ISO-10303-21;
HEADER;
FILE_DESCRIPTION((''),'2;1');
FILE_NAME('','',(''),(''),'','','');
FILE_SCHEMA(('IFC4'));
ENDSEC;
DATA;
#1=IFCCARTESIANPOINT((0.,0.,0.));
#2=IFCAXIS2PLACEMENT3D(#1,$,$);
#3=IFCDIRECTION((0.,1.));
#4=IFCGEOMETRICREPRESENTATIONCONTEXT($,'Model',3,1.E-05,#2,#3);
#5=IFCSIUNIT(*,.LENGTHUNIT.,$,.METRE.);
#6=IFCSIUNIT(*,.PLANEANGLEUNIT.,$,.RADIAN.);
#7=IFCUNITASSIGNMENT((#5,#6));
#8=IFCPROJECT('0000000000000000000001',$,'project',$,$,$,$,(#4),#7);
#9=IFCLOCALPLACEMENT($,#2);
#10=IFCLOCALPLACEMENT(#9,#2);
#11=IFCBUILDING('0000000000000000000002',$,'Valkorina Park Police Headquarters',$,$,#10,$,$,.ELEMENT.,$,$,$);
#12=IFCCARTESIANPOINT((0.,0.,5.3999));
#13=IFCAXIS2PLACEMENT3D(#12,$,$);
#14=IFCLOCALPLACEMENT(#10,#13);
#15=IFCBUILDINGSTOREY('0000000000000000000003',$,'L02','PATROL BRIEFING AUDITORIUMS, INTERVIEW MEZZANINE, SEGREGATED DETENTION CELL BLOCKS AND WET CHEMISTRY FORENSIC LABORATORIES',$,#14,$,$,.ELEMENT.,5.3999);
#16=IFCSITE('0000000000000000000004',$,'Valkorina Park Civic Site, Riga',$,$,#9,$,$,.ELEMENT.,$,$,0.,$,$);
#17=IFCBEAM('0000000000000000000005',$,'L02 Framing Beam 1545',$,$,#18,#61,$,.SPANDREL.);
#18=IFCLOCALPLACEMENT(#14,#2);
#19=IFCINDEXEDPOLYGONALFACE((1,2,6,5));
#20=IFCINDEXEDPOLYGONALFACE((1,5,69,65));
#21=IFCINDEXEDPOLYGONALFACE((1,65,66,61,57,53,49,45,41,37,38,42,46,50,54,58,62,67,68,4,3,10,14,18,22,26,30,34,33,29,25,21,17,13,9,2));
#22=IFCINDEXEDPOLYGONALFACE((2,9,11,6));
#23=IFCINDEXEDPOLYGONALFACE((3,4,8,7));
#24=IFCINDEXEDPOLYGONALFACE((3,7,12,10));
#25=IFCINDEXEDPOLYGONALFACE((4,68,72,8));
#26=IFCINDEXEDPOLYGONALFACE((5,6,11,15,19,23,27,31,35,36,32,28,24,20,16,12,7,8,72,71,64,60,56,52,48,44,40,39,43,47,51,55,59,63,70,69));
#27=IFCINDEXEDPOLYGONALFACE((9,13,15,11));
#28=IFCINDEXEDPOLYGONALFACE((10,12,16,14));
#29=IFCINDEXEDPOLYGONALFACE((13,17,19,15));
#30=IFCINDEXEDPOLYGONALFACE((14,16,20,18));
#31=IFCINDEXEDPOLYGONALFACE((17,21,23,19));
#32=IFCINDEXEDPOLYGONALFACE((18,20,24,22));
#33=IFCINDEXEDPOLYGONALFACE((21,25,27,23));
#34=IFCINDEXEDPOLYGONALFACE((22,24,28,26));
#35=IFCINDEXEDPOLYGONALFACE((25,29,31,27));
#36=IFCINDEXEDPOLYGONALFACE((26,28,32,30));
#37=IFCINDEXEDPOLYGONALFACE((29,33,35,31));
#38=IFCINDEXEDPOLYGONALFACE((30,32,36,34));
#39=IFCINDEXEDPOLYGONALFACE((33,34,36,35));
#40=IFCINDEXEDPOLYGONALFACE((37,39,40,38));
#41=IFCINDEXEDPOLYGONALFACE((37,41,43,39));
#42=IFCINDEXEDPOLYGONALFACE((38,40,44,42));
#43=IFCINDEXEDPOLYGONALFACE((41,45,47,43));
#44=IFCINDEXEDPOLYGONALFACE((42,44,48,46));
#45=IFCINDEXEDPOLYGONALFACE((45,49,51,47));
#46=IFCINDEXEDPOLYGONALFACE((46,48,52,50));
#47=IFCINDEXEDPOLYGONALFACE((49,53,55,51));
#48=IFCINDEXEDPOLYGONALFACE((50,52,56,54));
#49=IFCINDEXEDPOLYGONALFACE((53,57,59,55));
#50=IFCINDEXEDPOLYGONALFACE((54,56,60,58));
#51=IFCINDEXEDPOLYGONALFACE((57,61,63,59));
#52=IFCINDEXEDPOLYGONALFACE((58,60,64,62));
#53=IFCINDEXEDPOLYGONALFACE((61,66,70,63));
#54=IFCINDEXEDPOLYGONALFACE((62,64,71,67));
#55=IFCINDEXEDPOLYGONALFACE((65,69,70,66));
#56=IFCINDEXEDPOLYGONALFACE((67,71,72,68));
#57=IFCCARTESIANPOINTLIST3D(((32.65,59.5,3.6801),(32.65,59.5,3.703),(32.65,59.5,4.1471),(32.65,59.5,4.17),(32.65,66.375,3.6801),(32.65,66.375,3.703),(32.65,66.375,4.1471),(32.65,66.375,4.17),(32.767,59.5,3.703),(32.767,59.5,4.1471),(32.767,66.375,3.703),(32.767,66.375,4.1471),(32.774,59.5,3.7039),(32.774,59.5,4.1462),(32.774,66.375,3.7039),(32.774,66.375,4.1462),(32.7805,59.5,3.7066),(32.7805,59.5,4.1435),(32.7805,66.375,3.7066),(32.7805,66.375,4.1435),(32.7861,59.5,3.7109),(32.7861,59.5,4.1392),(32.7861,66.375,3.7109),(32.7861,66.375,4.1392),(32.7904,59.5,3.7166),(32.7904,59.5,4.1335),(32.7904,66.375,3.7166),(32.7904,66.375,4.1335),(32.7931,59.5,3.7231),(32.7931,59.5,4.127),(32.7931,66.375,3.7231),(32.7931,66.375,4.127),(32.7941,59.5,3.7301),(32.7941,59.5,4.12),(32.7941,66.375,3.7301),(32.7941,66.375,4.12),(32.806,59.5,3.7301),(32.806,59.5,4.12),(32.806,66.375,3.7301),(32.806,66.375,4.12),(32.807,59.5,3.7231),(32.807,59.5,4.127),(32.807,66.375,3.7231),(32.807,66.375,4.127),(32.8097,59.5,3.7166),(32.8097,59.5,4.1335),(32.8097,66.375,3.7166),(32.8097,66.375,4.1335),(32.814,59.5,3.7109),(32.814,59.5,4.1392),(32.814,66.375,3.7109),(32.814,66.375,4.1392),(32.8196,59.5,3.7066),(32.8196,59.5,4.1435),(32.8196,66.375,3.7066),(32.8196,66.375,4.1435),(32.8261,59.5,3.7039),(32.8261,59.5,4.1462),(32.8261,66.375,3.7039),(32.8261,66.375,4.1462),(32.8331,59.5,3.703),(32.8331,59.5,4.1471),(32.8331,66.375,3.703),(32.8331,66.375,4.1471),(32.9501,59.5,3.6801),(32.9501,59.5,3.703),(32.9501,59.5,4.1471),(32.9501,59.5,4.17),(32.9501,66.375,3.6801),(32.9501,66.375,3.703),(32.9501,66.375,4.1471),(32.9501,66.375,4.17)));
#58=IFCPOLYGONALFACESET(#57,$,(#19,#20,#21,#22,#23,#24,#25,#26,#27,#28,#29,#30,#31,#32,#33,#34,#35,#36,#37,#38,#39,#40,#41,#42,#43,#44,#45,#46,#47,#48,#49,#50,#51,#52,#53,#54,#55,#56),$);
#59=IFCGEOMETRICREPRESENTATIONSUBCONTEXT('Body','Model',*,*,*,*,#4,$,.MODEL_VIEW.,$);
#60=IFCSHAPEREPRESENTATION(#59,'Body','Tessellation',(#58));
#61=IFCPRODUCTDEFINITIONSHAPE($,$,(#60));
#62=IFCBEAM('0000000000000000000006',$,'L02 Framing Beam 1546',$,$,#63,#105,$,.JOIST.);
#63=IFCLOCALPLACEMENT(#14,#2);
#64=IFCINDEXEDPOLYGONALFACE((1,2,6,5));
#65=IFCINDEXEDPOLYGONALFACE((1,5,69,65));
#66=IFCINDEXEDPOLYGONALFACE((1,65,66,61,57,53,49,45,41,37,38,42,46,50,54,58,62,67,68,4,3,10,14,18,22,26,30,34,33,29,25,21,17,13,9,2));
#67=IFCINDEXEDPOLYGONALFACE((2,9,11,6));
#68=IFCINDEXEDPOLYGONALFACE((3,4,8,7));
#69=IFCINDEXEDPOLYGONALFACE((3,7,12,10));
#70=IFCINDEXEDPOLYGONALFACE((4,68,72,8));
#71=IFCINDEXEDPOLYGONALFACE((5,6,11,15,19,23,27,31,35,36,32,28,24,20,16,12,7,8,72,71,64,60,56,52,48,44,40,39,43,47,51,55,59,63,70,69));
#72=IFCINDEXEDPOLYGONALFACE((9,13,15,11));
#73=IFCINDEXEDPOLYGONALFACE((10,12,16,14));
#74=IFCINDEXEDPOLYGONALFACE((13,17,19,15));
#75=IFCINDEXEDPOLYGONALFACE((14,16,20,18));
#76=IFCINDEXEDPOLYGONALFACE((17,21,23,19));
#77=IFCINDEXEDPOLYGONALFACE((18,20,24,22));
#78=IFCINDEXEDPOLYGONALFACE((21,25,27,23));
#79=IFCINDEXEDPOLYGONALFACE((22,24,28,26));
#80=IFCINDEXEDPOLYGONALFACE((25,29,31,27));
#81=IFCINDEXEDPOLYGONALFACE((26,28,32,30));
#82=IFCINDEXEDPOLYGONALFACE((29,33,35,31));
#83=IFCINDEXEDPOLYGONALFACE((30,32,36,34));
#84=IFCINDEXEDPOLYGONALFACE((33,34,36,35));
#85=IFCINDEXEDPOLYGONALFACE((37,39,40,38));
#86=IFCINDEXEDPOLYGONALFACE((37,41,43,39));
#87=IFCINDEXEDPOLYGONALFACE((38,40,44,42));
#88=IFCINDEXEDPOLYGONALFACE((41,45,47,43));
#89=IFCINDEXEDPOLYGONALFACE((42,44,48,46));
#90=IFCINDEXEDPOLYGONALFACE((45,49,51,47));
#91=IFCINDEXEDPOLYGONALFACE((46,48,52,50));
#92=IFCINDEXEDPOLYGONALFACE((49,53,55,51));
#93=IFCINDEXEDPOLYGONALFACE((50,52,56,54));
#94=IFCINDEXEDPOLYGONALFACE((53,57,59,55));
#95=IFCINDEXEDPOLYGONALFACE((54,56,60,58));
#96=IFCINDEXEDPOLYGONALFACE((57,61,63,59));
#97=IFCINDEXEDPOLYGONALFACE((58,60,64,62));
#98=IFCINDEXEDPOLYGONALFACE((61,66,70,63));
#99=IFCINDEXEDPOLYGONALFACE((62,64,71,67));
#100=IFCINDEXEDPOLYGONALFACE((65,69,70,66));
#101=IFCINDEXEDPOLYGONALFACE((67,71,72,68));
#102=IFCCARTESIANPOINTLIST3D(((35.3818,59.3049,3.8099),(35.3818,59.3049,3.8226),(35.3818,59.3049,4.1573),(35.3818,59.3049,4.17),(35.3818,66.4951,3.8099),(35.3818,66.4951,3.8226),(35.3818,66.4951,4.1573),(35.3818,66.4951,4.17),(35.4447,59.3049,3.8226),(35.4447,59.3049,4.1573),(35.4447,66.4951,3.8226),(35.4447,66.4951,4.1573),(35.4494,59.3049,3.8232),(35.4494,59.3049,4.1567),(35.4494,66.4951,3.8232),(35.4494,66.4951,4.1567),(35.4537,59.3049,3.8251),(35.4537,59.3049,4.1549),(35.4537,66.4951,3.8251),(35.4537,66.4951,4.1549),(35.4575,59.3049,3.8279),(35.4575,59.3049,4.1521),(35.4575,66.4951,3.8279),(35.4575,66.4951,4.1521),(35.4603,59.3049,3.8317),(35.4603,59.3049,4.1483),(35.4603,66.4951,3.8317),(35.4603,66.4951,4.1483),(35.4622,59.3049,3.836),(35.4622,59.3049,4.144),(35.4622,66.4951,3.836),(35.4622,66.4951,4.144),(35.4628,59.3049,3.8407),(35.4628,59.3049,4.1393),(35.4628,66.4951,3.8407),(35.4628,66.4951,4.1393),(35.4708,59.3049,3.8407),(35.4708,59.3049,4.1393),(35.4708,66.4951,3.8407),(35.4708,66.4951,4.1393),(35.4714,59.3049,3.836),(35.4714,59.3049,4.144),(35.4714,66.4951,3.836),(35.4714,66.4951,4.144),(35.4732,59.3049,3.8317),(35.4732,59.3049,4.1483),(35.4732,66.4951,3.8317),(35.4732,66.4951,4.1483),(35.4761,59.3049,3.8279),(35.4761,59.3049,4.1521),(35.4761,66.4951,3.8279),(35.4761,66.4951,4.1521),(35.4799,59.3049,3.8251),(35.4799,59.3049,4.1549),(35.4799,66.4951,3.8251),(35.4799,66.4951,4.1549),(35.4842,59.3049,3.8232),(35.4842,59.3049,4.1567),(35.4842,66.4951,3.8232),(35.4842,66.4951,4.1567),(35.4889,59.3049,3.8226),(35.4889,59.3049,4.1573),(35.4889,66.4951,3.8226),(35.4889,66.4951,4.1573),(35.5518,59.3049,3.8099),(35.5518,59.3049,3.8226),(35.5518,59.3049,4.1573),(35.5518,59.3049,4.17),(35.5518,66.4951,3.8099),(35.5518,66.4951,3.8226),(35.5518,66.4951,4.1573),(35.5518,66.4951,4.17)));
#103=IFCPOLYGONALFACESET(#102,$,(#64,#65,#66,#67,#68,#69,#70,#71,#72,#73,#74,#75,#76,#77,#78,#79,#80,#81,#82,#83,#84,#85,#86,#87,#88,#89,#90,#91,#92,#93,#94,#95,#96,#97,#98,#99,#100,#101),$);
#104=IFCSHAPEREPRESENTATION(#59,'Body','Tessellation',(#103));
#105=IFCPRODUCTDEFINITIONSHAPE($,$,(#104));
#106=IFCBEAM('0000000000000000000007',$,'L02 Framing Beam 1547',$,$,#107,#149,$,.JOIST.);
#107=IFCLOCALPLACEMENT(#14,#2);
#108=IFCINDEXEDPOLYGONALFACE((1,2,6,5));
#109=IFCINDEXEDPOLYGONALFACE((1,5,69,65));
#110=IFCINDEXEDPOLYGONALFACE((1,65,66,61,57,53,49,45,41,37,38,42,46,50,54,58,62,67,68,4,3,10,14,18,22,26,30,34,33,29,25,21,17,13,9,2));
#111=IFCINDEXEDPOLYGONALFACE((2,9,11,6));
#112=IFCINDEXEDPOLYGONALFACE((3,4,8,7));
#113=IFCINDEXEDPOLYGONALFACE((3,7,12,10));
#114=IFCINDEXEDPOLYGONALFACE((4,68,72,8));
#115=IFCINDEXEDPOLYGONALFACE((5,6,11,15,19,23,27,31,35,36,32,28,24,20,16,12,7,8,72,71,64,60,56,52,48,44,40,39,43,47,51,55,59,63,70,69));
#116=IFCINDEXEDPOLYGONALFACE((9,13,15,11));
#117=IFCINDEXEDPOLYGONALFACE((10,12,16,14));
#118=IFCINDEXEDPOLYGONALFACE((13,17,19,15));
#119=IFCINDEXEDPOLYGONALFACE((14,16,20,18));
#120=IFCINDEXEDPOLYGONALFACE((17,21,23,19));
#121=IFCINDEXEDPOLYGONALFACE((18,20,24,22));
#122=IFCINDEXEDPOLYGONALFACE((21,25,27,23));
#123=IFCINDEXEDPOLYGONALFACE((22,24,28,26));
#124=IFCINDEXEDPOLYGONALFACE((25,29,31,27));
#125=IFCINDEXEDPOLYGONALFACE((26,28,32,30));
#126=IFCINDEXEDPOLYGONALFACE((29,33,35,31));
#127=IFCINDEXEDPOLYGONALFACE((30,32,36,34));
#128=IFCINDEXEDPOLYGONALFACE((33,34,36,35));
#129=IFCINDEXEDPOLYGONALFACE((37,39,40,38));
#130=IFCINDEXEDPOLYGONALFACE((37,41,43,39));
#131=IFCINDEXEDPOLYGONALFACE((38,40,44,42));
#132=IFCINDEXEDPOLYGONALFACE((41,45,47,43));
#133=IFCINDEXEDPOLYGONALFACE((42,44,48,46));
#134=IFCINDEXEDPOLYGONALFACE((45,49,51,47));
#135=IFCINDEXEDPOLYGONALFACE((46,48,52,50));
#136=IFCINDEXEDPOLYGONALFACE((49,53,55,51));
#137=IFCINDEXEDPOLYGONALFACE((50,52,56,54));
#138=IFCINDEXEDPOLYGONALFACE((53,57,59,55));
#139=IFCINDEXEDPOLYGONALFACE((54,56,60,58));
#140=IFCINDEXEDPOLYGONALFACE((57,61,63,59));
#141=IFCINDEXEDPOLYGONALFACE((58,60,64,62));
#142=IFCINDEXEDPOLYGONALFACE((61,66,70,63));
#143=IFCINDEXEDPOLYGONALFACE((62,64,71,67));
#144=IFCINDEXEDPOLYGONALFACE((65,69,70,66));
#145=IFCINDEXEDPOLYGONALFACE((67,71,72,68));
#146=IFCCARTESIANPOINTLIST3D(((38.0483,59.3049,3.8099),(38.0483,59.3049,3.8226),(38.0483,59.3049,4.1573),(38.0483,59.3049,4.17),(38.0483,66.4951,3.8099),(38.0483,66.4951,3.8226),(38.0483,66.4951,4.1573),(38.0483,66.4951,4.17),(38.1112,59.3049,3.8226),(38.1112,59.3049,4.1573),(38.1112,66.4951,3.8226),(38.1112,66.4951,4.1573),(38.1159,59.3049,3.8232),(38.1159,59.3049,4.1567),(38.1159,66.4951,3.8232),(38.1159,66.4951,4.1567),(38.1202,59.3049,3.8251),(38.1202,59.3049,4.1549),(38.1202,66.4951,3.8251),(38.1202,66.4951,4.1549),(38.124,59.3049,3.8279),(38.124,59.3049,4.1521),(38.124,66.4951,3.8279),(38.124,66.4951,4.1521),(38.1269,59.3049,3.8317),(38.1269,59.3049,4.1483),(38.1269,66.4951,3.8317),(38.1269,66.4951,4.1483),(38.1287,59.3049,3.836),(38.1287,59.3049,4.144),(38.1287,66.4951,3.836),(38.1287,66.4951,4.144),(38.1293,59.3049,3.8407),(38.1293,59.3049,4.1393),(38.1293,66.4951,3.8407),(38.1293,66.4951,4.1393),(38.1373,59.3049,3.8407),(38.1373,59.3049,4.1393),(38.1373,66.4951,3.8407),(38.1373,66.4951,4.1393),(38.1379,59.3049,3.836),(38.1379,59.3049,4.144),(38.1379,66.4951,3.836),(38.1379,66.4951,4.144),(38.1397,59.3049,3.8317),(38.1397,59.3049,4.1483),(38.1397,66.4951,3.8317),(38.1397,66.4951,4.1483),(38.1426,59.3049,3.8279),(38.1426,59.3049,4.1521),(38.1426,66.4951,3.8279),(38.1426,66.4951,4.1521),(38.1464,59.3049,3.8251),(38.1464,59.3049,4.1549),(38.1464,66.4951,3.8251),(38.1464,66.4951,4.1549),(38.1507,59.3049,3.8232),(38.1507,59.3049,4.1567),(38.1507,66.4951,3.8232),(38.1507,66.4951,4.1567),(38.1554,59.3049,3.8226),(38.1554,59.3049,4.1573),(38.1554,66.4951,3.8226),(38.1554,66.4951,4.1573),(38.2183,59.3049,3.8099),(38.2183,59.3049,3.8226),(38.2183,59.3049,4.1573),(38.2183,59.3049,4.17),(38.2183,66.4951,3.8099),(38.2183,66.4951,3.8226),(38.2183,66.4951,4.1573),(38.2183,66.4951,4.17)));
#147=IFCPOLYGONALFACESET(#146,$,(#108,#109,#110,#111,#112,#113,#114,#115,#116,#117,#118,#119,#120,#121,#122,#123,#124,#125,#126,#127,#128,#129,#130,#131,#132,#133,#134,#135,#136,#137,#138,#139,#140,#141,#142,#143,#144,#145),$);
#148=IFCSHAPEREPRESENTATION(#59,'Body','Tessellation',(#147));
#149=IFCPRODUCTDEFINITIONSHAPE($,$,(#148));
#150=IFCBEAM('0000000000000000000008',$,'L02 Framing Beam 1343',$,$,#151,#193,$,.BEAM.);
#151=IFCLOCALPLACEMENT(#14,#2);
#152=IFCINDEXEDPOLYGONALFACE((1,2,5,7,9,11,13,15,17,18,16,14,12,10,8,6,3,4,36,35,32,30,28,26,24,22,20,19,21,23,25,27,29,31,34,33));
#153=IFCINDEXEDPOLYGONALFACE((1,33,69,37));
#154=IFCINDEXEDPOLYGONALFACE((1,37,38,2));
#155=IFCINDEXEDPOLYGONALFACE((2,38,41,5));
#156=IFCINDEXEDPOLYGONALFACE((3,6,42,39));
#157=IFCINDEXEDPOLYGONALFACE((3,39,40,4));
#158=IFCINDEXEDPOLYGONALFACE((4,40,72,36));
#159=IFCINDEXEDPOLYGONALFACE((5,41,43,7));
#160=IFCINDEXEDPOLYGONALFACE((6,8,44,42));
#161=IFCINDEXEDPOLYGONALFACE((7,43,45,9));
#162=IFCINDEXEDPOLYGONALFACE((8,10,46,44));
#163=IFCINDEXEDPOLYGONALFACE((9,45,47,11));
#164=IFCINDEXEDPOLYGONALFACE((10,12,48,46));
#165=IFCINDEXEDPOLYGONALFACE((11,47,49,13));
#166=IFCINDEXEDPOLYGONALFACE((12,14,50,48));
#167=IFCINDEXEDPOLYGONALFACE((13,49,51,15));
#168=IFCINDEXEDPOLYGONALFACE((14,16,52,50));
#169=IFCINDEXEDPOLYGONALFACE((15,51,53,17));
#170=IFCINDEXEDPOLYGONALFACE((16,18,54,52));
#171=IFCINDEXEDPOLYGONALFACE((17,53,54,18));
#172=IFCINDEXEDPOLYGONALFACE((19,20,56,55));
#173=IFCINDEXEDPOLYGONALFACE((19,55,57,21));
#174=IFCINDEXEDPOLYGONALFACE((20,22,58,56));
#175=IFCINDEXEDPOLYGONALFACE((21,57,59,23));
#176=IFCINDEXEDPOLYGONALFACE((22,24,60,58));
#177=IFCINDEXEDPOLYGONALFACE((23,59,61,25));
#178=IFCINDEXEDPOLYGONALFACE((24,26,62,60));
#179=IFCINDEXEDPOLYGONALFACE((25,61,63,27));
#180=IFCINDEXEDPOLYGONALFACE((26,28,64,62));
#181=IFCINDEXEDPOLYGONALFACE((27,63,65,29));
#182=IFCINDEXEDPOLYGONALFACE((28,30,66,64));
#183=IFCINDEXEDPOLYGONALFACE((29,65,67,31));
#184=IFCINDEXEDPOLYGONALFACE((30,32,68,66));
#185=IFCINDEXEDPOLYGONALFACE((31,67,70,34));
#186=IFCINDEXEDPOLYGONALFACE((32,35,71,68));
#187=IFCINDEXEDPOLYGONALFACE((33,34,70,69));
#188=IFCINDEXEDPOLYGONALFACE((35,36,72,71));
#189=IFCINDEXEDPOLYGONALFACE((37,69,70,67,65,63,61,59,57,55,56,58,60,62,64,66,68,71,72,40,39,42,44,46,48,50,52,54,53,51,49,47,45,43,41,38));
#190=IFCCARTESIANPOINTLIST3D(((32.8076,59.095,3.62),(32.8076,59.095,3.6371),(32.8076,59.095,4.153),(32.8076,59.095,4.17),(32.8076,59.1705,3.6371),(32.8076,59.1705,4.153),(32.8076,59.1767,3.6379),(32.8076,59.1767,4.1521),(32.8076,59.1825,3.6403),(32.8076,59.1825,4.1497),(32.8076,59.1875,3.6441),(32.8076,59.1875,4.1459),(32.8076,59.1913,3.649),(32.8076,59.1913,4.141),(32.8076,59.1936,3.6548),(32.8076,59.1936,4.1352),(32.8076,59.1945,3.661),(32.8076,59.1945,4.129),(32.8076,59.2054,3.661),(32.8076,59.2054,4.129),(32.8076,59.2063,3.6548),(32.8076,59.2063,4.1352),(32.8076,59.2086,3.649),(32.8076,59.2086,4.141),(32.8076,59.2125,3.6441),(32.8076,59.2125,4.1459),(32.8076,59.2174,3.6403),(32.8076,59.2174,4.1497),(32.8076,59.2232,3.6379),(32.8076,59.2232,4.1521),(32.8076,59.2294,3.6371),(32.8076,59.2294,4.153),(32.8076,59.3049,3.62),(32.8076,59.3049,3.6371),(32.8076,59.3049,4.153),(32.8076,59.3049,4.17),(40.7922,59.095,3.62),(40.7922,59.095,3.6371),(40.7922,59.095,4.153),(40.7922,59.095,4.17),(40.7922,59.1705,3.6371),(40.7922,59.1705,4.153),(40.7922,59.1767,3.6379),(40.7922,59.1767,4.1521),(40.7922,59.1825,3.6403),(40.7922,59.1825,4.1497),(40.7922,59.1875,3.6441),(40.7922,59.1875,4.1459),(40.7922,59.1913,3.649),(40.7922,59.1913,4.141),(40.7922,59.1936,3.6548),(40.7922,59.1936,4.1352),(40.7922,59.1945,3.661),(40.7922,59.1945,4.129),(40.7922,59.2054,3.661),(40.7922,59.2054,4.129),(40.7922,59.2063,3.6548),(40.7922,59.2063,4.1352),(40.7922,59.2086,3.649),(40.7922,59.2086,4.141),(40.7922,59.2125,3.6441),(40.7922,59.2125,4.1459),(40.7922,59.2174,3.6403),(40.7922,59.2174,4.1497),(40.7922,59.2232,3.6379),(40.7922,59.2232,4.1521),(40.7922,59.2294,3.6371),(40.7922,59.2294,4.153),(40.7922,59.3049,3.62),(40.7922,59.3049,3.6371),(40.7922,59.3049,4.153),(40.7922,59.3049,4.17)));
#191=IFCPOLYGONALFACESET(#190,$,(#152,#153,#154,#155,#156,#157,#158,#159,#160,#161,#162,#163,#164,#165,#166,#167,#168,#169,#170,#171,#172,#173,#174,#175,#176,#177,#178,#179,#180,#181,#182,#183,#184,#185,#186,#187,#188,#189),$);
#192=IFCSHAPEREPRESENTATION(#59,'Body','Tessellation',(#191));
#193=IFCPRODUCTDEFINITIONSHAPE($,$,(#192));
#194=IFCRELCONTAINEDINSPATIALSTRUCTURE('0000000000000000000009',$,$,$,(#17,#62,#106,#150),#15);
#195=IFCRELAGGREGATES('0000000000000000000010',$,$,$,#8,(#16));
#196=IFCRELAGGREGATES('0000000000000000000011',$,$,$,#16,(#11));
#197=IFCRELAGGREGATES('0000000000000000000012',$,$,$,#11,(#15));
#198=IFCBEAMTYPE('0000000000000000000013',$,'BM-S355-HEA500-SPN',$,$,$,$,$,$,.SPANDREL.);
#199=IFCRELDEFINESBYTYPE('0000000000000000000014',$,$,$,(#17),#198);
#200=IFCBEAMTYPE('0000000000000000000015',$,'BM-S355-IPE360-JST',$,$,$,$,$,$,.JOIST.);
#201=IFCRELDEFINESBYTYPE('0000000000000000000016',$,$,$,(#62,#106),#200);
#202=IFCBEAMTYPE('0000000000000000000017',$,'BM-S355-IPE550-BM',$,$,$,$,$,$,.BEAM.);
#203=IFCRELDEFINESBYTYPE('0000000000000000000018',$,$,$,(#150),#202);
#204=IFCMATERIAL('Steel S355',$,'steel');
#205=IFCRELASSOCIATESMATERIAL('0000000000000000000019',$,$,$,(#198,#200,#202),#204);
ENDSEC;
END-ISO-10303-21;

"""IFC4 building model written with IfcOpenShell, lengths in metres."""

from ifc_helpers import new_model, si_unit, direction, frame, origin, origin_2d, place, context, subcontext, project, spatial, i_section, extrude, material, material_profile, profile_set, type_object, element, save


model = new_model("IFC4")

# Units and contexts
model_context = context("Model", 3, precision=1e-05, world=origin(), true_north=direction((0.0, 1.0)))
body_context = subcontext(model_context, "Body", "Model", "MODEL_VIEW")
ifc_project = project(units=[si_unit("LENGTHUNIT", "METRE"), si_unit("PLANEANGLEUNIT", "RADIAN")], contexts=[model_context])

# Site, building, storey
site_placement = place(None, origin())
site = spatial("IfcSite", under=ifc_project, at=site_placement, Name="Valkorina Park Civic Site, Riga", CompositionType="ELEMENT", RefElevation=0.0)
building_placement = place(site_placement, origin())
building = spatial("IfcBuilding", under=site, at=building_placement, Name="Valkorina Park Police Headquarters", CompositionType="ELEMENT")
storey_placement = place(building_placement, frame((0.0, 0.0, 5.3999)))
storey = spatial("IfcBuildingStorey", under=building, at=storey_placement, Name="L02", Description="PATROL BRIEFING AUDITORIUMS, INTERVIEW MEZZANINE, SEGREGATED DETENTION CELL BLOCKS AND WET CHEMISTRY FORENSIC LABORATORIES", CompositionType="ELEMENT", Elevation=5.3999)

# Shared definitions
ifc_material_1 = material(Name="Steel S355", Category="steel")

# Beams
ifc_material_profile_1 = material_profile(ifc_material_1, i_section(OverallWidth=0.3, OverallDepth=0.49, WebThickness=0.012, FlangeThickness=0.0229, FilletRadius=0.0271, at=origin_2d()), Name="HEA 500")
ifc_profile_set_1 = profile_set([ifc_material_profile_1], Name="Steel S355")
beam_type_1 = type_object("IfcBeamType", Name="BM-S355-HEA500-SPN", PredefinedType="SPANDREL", material=ifc_profile_set_1)
beam_1_placement = place(storey_placement, frame((32.8, 59.5, 3.925), z_axis=(0.0, 1.0, 0.0), x_axis=(-1.0, 0.0, 0.0)))
element("IfcBeam", 1, at=beam_1_placement, inside=storey, type_object=beam_type_1, Name="L02 Framing Beam 1545", PredefinedType="SPANDREL", context=body_context, shape_type="SweptSolid", body=[
    extrude(i_section(OverallWidth=0.3, OverallDepth=0.49, WebThickness=0.012, FlangeThickness=0.0229, FilletRadius=0.0271, at=origin_2d()), origin(), (0.0, 0.0, 1.0), 6.875),
])
ifc_material_profile_2 = material_profile(ifc_material_1, i_section(OverallWidth=0.1699, OverallDepth=0.3601, WebThickness=0.0081, FlangeThickness=0.0127, FilletRadius=0.0181, at=origin_2d()), Name="IPE 360")
ifc_profile_set_2 = profile_set([ifc_material_profile_2], Name="Steel S355")
beam_type_2 = type_object("IfcBeamType", Name="BM-S355-IPE360-JST", PredefinedType="JOIST", material=ifc_profile_set_2)
for number, where, z_axis, x_axis, name in (
    (2, (35.4668, 59.3049, 3.99), (0.0, 1.0, 0.0), (-1.0, 0.0, 0.0), "L02 Framing Beam 1546"),
    (3, (38.1333, 59.3049, 3.99), (0.0, 1.0, 0.0), (-1.0, 0.0, 0.0), "L02 Framing Beam 1547"),
):
    element("IfcBeam", number, at=place(storey_placement, frame(where, z_axis=z_axis, x_axis=x_axis)), inside=storey, type_object=beam_type_2, Name=name, PredefinedType="JOIST", context=body_context, shape_type="SweptSolid", body=[
        extrude(i_section(OverallWidth=0.1699, OverallDepth=0.3601, WebThickness=0.0081, FlangeThickness=0.0127, FilletRadius=0.0181, at=origin_2d()), origin(), (0.0, 0.0, 1.0), 7.1902),
    ])
ifc_material_profile_3 = material_profile(ifc_material_1, i_section(OverallWidth=0.21, OverallDepth=0.55, WebThickness=0.011, FlangeThickness=0.0171, FilletRadius=0.0239, at=origin_2d()), Name="IPE 550")
ifc_profile_set_3 = profile_set([ifc_material_profile_3], Name="Steel S355")
beam_type_3 = type_object("IfcBeamType", Name="BM-S355-IPE550-BM", PredefinedType="BEAM", material=ifc_profile_set_3)
beam_2_placement = place(storey_placement, frame((32.8076, 59.2, 3.895), z_axis=(1.0, 0.0, 0.0), x_axis=(0.0, 1.0, 0.0)))
element("IfcBeam", 4, at=beam_2_placement, inside=storey, type_object=beam_type_3, Name="L02 Framing Beam 1343", PredefinedType="BEAM", context=body_context, shape_type="SweptSolid", body=[
    extrude(i_section(OverallWidth=0.21, OverallDepth=0.55, WebThickness=0.011, FlangeThickness=0.0171, FilletRadius=0.0239, at=origin_2d()), origin(), (0.0, 0.0, 1.0), 7.9846),
])

save(model, "model.ifc")
